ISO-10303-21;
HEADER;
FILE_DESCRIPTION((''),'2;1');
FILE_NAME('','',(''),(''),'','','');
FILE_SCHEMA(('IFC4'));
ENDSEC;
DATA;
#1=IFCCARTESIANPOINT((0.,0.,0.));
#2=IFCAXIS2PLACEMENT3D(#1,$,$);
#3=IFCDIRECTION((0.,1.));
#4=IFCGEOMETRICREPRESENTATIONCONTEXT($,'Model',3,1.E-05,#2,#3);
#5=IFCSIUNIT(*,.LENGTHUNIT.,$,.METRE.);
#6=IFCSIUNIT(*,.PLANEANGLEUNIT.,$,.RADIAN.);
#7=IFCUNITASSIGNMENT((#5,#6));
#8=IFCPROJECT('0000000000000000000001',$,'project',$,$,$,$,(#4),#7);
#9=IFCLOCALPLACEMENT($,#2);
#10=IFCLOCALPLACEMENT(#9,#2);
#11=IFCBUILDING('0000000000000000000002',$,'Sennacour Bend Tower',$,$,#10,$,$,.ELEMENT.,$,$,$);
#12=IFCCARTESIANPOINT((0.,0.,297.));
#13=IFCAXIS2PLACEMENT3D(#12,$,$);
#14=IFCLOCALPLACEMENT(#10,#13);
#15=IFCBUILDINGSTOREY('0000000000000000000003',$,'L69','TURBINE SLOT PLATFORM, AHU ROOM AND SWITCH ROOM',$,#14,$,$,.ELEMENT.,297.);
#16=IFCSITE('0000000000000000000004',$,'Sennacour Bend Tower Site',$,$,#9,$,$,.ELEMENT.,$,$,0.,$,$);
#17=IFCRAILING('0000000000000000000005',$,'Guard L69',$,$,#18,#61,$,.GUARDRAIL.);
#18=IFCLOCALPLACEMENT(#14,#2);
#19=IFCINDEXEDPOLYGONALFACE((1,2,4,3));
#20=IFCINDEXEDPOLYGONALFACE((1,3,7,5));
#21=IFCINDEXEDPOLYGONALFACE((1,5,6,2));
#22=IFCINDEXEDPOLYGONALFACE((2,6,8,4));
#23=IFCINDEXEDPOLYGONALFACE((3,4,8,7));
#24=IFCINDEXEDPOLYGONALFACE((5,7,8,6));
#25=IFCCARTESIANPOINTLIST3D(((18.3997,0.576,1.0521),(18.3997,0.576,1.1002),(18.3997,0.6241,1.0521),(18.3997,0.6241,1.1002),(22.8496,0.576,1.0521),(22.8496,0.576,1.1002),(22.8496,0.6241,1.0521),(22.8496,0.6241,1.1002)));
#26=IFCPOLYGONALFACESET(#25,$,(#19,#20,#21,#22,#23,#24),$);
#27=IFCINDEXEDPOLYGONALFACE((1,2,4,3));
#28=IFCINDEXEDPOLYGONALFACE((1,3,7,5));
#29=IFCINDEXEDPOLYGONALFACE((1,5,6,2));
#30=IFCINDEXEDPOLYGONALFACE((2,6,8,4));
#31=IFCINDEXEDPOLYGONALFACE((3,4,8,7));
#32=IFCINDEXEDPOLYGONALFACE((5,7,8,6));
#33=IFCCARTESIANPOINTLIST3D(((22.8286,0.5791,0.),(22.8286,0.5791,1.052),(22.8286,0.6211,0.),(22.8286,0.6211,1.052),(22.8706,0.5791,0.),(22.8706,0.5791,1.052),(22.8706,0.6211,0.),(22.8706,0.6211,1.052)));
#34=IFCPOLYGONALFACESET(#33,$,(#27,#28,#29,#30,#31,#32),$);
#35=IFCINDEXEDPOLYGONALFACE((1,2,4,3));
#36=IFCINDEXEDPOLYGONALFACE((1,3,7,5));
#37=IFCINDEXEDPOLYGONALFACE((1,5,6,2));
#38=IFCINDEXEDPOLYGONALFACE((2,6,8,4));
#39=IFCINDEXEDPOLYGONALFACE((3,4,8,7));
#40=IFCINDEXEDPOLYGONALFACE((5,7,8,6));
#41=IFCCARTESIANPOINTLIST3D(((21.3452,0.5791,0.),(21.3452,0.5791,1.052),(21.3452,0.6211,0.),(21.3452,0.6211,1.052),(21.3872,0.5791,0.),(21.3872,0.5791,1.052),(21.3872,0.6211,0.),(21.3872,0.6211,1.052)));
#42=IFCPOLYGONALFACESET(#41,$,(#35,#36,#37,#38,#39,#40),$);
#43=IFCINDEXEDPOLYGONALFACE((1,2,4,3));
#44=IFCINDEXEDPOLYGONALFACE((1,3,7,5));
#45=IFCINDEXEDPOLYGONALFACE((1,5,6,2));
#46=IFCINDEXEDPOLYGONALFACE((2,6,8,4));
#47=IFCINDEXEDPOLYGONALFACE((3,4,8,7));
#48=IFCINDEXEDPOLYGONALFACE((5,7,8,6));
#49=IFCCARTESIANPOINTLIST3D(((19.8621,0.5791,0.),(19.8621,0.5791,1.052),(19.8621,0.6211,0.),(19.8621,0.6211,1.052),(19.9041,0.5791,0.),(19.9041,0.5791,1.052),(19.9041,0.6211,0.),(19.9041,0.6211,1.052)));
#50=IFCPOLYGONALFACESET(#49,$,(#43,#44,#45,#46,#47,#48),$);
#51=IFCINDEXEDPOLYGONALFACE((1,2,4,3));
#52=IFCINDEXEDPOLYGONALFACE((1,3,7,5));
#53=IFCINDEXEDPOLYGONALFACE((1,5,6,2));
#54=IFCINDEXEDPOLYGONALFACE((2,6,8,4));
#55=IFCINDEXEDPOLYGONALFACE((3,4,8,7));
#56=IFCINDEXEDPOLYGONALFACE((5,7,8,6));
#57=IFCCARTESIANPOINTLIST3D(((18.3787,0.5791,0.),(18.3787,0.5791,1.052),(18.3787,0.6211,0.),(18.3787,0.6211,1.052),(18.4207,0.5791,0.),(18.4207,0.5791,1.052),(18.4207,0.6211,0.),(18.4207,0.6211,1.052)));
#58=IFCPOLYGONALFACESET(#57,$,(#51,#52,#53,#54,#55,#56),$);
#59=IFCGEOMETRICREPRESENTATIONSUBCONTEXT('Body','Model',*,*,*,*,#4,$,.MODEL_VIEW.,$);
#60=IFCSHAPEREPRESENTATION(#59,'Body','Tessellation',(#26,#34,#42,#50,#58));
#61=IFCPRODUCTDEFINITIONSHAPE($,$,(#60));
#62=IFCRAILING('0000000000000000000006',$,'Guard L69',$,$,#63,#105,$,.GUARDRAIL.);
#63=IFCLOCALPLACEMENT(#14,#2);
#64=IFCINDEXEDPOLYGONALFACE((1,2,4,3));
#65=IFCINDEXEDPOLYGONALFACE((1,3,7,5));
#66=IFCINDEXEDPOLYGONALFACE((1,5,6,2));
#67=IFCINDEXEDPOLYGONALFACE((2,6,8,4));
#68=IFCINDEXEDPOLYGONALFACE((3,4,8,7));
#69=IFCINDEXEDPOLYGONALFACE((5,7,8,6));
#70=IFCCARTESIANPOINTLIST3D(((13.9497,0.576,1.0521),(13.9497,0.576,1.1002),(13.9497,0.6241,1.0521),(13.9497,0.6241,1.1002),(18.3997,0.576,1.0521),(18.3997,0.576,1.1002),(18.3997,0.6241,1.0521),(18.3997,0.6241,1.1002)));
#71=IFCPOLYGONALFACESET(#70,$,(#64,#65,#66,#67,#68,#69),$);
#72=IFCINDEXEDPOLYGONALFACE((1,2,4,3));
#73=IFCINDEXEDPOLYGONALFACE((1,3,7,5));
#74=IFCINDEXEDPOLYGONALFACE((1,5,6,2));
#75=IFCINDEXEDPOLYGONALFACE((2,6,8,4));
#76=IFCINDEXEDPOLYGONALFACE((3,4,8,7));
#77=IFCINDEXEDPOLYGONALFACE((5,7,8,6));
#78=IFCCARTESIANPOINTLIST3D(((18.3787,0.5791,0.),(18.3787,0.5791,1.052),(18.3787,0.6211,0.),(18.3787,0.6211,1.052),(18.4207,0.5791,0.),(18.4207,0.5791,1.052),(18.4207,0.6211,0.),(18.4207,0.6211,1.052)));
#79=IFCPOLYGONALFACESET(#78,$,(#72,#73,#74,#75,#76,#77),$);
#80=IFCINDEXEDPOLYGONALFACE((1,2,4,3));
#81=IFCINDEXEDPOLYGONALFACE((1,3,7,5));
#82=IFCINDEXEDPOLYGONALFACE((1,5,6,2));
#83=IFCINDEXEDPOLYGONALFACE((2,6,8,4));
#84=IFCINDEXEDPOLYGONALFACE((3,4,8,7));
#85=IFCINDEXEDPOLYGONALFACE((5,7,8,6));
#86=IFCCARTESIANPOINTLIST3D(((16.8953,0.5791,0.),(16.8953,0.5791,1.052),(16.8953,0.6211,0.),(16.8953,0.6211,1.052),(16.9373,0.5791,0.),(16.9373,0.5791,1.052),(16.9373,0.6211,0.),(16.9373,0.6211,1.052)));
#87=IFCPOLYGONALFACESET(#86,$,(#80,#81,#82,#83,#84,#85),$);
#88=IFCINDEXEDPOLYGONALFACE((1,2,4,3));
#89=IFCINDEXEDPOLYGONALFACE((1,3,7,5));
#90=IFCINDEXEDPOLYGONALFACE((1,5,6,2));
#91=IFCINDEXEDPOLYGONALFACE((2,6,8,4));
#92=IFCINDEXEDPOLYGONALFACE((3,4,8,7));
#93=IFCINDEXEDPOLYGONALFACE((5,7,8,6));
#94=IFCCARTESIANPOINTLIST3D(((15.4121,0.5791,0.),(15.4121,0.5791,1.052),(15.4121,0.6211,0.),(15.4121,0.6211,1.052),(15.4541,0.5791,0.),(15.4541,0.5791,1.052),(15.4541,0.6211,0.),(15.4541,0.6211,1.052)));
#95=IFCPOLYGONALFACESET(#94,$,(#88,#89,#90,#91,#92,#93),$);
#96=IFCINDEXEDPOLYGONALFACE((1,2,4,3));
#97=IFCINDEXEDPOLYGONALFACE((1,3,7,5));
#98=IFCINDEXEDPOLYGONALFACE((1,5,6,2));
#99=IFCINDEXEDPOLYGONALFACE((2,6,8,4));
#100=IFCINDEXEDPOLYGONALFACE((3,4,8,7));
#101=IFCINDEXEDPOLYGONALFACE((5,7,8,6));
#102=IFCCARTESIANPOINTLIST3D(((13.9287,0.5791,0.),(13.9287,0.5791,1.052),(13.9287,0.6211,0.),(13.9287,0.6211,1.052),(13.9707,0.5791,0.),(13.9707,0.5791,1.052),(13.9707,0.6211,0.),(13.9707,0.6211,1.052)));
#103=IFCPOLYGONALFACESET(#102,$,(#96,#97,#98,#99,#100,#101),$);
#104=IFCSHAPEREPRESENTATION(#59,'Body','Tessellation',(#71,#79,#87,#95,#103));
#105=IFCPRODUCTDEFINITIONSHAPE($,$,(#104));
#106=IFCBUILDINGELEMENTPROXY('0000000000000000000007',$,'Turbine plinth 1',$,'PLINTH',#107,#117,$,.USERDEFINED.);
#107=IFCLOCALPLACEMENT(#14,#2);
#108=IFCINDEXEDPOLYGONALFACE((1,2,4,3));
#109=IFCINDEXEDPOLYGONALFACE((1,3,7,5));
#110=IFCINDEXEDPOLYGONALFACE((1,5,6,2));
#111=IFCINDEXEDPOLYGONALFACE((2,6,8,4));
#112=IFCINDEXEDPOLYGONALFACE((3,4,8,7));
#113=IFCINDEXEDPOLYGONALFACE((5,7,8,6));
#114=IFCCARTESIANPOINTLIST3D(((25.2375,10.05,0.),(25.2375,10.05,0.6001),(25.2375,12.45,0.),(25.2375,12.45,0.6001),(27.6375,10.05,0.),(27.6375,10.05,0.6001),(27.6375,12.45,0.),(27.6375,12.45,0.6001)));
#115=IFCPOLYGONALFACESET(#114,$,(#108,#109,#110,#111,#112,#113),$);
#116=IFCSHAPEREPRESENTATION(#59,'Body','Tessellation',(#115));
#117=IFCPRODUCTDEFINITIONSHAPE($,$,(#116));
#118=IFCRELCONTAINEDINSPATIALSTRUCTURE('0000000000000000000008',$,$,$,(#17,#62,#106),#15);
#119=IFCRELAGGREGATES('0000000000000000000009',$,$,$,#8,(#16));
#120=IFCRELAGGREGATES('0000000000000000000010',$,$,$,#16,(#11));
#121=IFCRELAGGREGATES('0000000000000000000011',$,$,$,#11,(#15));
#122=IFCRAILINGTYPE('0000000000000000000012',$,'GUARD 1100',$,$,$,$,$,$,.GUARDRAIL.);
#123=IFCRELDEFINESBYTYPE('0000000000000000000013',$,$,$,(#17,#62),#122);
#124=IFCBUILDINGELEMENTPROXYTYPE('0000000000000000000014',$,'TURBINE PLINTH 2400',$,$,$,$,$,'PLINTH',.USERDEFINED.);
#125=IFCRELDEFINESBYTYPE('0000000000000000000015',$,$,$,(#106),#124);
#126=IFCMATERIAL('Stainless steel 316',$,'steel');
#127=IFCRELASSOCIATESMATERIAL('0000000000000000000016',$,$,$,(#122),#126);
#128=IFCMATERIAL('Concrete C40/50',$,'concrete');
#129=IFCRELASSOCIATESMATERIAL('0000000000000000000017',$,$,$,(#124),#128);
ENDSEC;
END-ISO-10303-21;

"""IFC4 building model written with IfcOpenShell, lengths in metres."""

from ifc_helpers import new_model, si_unit, direction, frame, origin, origin_2d, place, context, subcontext, project, spatial, rectangle, extrude, material, type_object, element, save


model = new_model("IFC4")

# Units and contexts
model_context = context("Model", 3, precision=1e-05, world=origin(), true_north=direction((0.0, 1.0)))
body_context = subcontext(model_context, "Body", "Model", "MODEL_VIEW")
ifc_project = project(units=[si_unit("LENGTHUNIT", "METRE"), si_unit("PLANEANGLEUNIT", "RADIAN")], contexts=[model_context])

# Site, building, storey
site_placement = place(None, origin())
site = spatial("IfcSite", under=ifc_project, at=site_placement, Name="Sennacour Bend Tower Site", CompositionType="ELEMENT", RefElevation=0.0)
building_placement = place(site_placement, origin())
building = spatial("IfcBuilding", under=site, at=building_placement, Name="Sennacour Bend Tower", CompositionType="ELEMENT")
storey_placement = place(building_placement, frame((0.0, 0.0, 297.0)))
storey = spatial("IfcBuildingStorey", under=building, at=storey_placement, Name="L69", Description="TURBINE SLOT PLATFORM, AHU ROOM AND SWITCH ROOM", CompositionType="ELEMENT", Elevation=297.0)

# Railings
ifc_material_1 = material(Name="Stainless steel 316", Category="steel")
railing_type = type_object("IfcRailingType", Name="GUARD 1100", PredefinedType="GUARDRAIL", material=ifc_material_1)
for number, where, name in (
    (1, (22.8496, 0.6001, 0.0), "Guard L69"),
    (2, (18.3997, 0.6001, 0.0), "Guard L69"),
):
    element("IfcRailing", number, at=place(storey_placement, frame(where)), inside=storey, type_object=railing_type, Name=name, PredefinedType="GUARDRAIL", context=body_context, shape_type="SweptSolid", body=[
        extrude(rectangle(XDim=0.0481, YDim=0.0481, at=origin_2d()), frame((0.0, 0.0, 1.0762), z_axis=(-1.0, 0.0, 0.0), x_axis=(0.0, -1.0, 0.0)), (0.0, 0.0, 1.0), 4.45),
        extrude(rectangle(XDim=0.042, YDim=0.042, at=origin_2d()), origin(), (0.0, 0.0, 1.0), 1.052),
        extrude(rectangle(XDim=0.042, YDim=0.042, at=origin_2d()), frame((-1.4834, 0.0, 0.0)), (0.0, 0.0, 1.0), 1.052),
        extrude(rectangle(XDim=0.042, YDim=0.042, at=origin_2d()), frame((-2.9666, 0.0, 0.0)), (0.0, 0.0, 1.0), 1.052),
        extrude(rectangle(XDim=0.042, YDim=0.042, at=origin_2d()), frame((-4.45, 0.0, 0.0)), (0.0, 0.0, 1.0), 1.052),
    ])

# Building element proxy
ifc_material_2 = material(Name="Concrete C40/50", Category="concrete")
building_element_proxy_type = type_object("IfcBuildingElementProxyType", Name="TURBINE PLINTH 2400", ElementType="PLINTH", PredefinedType="USERDEFINED", material=ifc_material_2)
proxy_placement = place(storey_placement, frame((26.4375, 11.25, 0.0), z_axis=(0.0, 0.0, 1.0), x_axis=(1.0, 0.0, 0.0)))
element("IfcBuildingElementProxy", 3, at=proxy_placement, inside=storey, type_object=building_element_proxy_type, Name="Turbine plinth 1", ObjectType="PLINTH", PredefinedType="USERDEFINED", context=body_context, shape_type="SweptSolid", body=[
    extrude(rectangle(XDim=2.3999, YDim=2.3999, at=origin_2d()), origin(), (0.0, 0.0, 1.0), 0.6001),
])

save(model, "model.ifc")
